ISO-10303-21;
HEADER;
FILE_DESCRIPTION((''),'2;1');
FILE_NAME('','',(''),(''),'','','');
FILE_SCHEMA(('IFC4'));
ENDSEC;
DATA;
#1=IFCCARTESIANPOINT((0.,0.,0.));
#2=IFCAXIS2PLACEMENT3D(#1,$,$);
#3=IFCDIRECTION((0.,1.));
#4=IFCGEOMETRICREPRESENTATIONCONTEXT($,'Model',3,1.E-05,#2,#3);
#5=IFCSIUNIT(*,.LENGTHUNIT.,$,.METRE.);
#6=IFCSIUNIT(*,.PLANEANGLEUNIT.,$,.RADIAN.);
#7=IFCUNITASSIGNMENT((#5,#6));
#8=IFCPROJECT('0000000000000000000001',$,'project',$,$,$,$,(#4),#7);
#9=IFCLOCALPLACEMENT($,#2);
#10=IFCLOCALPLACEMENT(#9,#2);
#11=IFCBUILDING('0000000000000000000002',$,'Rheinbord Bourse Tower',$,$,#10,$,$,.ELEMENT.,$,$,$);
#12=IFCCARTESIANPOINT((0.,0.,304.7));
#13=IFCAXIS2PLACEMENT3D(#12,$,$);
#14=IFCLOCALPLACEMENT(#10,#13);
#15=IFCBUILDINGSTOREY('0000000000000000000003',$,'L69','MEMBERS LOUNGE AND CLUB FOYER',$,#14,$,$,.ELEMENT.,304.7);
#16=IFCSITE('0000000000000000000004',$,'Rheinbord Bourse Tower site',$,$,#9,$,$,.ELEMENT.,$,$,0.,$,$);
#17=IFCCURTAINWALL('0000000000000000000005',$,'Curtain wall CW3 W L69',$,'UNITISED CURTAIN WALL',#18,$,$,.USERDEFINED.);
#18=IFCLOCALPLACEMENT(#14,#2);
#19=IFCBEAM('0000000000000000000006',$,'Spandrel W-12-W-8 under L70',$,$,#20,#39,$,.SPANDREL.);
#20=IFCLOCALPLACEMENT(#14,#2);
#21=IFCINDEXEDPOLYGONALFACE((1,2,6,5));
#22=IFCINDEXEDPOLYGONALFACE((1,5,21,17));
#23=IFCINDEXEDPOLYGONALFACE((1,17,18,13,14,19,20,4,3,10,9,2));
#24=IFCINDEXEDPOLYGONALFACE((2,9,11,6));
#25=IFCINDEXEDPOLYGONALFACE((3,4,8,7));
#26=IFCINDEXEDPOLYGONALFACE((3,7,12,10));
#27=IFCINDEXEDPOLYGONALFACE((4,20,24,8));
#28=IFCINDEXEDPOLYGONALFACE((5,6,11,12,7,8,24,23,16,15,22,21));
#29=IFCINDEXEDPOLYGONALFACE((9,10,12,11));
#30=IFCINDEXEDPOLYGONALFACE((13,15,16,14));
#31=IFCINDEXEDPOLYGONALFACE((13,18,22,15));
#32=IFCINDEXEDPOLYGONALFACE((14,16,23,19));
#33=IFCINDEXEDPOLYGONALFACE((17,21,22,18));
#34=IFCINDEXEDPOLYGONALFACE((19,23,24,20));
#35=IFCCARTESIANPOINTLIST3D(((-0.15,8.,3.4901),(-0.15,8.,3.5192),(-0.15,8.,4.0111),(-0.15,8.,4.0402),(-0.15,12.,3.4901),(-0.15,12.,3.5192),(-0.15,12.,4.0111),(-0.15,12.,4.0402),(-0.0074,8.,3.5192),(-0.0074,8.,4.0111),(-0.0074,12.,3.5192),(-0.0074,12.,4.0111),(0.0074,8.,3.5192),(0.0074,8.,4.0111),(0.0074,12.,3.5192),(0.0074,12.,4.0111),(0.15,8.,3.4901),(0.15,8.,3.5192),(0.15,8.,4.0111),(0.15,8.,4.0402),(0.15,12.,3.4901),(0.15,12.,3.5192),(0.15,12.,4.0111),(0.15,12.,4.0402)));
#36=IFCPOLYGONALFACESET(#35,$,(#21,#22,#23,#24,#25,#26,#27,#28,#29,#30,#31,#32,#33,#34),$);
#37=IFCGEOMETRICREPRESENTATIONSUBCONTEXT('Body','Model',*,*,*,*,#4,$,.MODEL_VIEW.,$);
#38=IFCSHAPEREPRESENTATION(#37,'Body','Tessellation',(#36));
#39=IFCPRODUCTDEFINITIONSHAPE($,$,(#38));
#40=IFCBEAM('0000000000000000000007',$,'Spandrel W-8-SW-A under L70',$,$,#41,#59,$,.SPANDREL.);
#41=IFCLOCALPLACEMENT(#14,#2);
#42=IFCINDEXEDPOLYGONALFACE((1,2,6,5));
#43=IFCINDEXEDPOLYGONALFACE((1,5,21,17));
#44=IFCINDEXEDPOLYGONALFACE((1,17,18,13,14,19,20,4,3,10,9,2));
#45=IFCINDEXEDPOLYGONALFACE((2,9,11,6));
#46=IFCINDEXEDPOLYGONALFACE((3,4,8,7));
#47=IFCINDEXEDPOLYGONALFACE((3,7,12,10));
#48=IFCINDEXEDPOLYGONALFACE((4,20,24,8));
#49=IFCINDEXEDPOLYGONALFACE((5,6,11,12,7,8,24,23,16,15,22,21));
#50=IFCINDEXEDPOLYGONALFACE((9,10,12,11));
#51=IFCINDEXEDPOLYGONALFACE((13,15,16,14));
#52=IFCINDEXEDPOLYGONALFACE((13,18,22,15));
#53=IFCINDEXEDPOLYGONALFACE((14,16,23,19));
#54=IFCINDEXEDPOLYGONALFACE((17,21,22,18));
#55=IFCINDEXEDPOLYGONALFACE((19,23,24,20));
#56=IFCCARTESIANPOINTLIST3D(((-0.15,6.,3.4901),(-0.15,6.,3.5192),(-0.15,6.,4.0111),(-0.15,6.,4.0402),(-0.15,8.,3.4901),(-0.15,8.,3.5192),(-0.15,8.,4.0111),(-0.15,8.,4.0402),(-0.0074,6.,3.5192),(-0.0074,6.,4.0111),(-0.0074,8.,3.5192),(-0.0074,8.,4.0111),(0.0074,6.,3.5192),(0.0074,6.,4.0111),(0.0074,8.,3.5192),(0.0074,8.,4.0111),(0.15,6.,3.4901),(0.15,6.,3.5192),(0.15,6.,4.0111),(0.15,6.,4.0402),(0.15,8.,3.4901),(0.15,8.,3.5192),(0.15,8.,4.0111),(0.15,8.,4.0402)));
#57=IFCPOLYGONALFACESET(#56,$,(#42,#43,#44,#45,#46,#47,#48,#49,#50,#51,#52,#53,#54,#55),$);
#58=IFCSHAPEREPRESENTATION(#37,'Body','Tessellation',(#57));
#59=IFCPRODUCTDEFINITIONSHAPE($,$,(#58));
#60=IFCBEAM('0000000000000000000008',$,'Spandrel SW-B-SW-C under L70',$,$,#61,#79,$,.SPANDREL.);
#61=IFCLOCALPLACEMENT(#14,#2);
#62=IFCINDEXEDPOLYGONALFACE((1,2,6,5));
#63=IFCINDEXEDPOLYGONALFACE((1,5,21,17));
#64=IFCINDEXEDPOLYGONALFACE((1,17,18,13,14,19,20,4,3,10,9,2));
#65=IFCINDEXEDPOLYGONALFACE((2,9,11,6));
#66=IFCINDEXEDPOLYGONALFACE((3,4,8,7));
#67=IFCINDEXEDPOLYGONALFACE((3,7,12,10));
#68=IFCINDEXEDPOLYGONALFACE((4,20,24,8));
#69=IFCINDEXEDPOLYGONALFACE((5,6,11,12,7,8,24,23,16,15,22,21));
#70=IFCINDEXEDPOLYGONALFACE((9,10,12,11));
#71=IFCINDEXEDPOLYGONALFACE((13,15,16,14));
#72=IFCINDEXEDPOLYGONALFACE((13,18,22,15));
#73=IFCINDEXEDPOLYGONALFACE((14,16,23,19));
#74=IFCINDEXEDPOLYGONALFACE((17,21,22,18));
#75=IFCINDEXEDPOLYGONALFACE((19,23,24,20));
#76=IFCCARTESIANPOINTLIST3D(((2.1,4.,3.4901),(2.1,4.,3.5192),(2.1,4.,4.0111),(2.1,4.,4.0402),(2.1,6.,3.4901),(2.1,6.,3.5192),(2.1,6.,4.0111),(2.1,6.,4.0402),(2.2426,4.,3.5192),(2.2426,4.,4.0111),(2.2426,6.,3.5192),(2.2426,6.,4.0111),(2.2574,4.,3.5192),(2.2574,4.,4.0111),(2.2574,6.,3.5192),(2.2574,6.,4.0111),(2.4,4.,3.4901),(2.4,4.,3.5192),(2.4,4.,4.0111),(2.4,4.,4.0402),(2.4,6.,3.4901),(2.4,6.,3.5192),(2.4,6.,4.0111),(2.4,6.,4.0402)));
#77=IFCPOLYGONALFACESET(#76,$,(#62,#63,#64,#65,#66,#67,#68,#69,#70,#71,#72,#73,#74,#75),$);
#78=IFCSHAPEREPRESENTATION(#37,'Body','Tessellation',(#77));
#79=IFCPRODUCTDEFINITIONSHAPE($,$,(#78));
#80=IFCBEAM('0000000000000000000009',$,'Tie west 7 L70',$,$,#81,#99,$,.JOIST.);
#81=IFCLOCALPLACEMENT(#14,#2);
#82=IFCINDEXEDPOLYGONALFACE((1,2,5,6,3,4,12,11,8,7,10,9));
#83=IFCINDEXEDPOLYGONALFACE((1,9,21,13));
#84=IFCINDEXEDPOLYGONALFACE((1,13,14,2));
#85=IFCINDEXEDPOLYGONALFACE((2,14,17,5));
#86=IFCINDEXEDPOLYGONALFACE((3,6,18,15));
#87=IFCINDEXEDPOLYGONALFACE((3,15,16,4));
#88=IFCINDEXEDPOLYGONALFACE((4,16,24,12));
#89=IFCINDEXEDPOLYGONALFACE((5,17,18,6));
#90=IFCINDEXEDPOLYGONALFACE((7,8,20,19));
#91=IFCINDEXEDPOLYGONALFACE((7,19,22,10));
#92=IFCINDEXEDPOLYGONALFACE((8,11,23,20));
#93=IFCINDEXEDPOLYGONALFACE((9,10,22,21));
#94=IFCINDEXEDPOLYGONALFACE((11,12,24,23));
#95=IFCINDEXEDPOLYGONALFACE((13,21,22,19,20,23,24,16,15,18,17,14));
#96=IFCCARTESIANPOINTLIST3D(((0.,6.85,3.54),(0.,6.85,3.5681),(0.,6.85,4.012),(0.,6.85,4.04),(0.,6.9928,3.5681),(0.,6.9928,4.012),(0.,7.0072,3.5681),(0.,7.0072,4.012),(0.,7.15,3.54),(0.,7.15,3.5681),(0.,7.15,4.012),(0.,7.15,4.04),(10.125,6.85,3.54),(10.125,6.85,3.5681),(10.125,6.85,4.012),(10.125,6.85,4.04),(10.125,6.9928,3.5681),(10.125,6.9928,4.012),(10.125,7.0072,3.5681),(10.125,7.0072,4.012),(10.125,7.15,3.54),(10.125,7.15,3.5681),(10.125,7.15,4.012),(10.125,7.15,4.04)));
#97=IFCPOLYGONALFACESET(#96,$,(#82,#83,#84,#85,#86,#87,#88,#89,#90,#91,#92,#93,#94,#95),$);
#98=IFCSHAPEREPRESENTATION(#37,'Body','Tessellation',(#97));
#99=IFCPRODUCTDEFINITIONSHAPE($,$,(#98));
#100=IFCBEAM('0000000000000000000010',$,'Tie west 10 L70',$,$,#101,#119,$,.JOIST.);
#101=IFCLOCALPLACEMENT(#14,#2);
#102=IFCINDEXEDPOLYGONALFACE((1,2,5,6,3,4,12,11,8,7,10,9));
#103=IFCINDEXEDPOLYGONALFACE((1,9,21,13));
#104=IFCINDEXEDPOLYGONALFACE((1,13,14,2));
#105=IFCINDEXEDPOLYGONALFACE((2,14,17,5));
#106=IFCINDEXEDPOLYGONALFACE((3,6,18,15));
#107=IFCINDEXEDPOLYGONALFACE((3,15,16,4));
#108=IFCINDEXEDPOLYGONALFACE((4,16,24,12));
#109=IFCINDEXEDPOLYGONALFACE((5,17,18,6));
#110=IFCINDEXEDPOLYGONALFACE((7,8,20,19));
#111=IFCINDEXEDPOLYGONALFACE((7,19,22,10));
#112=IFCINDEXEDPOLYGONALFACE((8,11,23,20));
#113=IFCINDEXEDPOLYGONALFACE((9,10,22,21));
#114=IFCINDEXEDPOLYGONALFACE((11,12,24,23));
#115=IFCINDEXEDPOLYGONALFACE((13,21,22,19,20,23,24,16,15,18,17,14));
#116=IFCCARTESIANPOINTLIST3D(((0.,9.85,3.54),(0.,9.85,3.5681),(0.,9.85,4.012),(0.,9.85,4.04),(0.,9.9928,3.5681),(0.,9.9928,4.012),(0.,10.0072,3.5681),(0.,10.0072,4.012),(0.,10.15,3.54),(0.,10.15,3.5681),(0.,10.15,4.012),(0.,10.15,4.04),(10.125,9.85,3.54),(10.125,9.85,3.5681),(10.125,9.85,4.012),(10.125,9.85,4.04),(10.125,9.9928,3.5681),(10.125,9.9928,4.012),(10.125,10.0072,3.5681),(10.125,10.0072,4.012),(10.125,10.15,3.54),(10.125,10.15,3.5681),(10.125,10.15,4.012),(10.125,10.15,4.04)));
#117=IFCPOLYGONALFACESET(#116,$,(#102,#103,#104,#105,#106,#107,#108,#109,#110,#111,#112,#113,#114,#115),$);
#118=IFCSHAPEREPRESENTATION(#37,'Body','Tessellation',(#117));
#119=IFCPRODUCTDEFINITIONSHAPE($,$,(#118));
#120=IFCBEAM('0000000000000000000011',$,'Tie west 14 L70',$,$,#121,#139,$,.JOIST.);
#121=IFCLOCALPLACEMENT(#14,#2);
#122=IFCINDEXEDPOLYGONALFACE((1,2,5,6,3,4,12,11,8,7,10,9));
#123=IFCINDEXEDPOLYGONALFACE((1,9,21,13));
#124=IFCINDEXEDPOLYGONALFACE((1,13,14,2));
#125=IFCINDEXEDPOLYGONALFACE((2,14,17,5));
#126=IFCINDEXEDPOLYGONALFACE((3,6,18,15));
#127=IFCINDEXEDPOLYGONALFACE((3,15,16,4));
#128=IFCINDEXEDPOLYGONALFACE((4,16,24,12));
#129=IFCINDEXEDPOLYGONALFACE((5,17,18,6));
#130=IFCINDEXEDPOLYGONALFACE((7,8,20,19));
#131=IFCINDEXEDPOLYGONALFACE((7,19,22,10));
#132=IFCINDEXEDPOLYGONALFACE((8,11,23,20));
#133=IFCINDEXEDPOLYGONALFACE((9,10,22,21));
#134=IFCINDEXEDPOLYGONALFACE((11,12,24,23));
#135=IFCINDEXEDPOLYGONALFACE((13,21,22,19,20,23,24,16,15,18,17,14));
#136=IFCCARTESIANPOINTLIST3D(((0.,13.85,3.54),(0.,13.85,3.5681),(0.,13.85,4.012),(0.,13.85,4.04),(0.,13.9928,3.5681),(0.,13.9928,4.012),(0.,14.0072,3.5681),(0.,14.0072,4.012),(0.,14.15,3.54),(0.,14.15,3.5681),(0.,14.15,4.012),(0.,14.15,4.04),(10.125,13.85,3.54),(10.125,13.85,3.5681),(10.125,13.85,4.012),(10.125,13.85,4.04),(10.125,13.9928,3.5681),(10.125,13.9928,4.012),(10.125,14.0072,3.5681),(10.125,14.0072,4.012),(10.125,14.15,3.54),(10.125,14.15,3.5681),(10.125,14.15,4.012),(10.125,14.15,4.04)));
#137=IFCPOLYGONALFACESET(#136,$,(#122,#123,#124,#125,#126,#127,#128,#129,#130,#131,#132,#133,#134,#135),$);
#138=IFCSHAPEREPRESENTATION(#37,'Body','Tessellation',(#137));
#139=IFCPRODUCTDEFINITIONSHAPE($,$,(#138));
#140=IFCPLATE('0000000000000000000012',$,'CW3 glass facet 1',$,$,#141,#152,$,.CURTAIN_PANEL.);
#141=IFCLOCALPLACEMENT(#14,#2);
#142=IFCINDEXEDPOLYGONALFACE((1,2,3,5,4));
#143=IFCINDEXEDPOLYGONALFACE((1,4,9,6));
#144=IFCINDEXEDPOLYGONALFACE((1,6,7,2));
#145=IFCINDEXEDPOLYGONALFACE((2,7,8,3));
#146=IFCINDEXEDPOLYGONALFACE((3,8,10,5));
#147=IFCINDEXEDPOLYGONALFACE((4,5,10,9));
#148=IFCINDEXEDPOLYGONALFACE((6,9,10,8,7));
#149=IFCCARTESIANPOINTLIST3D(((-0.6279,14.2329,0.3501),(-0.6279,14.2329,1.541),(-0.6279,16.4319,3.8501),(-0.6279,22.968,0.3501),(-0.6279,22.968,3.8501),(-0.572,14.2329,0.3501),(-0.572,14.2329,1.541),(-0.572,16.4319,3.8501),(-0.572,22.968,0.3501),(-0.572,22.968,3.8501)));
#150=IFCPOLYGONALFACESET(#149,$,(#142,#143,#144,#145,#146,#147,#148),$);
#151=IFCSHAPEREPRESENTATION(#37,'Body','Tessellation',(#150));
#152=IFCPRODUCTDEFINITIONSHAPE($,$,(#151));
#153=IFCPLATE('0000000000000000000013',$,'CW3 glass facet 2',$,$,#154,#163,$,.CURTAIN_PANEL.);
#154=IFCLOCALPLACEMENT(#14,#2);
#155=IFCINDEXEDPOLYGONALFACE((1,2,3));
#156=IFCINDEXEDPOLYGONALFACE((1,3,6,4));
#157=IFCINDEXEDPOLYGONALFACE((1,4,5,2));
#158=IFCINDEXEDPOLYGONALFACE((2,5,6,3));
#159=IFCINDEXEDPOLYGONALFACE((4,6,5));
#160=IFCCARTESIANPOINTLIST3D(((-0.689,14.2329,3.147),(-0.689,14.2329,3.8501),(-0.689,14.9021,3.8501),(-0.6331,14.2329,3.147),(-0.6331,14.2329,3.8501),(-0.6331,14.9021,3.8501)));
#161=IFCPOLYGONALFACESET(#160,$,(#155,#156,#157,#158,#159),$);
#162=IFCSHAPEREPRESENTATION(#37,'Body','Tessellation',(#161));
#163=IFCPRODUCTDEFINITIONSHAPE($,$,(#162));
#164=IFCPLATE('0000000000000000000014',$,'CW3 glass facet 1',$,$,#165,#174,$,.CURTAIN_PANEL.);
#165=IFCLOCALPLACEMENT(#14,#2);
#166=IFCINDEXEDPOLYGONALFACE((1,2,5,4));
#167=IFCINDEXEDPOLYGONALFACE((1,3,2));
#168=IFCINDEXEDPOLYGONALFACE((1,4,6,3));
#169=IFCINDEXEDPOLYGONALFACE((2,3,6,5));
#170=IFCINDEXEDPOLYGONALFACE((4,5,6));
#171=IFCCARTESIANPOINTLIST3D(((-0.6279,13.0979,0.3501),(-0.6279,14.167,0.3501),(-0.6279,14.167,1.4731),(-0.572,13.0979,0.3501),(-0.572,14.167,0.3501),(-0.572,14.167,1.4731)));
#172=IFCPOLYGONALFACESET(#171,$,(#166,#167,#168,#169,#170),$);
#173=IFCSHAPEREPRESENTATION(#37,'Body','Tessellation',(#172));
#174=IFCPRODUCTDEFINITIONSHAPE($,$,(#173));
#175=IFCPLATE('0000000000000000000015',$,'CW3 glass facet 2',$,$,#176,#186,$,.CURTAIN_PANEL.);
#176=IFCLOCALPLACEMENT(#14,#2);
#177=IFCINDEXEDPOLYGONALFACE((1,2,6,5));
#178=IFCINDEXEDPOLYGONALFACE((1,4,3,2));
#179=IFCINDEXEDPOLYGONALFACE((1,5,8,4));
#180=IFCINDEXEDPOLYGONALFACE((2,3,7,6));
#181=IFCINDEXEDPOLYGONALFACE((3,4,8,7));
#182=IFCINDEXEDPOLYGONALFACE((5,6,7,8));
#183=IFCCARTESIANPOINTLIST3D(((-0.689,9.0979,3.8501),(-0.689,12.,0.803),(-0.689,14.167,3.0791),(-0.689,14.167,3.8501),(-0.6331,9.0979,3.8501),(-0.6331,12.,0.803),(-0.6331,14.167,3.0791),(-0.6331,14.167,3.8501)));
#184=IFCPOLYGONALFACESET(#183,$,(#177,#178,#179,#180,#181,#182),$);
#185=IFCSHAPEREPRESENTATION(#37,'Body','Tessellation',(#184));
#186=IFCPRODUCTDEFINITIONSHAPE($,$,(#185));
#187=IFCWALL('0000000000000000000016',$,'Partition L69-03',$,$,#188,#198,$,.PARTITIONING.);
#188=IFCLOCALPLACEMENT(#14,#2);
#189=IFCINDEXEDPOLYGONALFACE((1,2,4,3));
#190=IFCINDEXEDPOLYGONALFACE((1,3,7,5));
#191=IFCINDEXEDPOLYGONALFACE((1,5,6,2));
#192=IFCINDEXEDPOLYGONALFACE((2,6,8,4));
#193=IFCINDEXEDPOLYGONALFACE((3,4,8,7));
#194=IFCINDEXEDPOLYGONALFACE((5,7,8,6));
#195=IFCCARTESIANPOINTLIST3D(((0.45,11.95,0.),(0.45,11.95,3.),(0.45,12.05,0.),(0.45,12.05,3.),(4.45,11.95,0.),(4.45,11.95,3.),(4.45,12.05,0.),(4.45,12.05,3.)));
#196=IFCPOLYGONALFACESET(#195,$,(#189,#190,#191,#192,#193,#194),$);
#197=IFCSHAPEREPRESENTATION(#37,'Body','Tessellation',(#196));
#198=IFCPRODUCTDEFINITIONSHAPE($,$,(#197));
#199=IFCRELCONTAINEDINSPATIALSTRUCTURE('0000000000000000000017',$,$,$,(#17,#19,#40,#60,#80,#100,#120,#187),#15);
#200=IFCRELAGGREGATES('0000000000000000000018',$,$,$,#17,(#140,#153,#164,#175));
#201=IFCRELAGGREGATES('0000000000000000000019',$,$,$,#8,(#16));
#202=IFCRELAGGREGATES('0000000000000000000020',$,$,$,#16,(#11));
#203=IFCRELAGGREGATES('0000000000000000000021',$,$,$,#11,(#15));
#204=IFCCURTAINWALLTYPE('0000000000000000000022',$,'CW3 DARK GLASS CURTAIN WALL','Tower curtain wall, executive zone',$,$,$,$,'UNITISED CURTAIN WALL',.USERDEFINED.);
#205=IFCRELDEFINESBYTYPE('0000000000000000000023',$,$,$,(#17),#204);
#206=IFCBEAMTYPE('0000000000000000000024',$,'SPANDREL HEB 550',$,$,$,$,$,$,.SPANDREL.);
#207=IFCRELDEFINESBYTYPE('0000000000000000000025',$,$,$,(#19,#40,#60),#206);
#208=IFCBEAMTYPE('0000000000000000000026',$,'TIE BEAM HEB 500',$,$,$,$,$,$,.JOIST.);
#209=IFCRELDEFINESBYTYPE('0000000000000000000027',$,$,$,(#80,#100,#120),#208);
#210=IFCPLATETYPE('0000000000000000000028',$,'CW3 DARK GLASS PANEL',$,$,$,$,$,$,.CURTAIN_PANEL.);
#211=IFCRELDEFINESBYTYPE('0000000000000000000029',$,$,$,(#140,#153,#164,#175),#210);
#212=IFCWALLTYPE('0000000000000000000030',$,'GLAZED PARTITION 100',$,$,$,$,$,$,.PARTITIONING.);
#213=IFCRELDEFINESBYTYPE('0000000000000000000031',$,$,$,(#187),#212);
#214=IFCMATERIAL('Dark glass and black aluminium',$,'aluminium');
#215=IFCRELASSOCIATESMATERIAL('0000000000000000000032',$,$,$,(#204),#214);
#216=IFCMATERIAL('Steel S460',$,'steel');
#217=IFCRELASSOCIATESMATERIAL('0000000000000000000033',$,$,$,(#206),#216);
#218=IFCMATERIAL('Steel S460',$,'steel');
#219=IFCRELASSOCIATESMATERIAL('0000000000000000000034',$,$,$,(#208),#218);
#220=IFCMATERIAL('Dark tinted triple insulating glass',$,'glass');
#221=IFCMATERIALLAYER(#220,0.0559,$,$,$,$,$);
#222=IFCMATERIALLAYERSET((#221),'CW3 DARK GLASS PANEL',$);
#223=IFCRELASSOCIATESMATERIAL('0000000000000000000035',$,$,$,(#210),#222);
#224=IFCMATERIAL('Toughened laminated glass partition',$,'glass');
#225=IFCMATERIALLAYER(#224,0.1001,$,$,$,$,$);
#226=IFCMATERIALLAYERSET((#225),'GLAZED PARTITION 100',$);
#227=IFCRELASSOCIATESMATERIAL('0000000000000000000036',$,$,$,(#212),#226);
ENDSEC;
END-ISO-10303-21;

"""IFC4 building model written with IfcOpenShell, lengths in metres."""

from ifc_helpers import new_model, si_unit, direction, frame, frame_2d, origin, origin_2d, place, context, subcontext, project, spatial, polyline, rectangle, i_section, outline, extrude, material, layer, layer_set, material_profile, profile_set, type_object, element, aggregate, save


model = new_model("IFC4")

# Units and contexts
model_context = context("Model", 3, precision=1e-05, world=origin(), true_north=direction((0.0, 1.0)))
body_context = subcontext(model_context, "Body", "Model", "MODEL_VIEW")
ifc_project = project(units=[si_unit("LENGTHUNIT", "METRE"), si_unit("PLANEANGLEUNIT", "RADIAN")], contexts=[model_context])

# Site, building, storey
site_placement = place(None, origin())
site = spatial("IfcSite", under=ifc_project, at=site_placement, Name="Rheinbord Bourse Tower site", CompositionType="ELEMENT", RefElevation=0.0)
building_placement = place(site_placement, origin())
building = spatial("IfcBuilding", under=site, at=building_placement, Name="Rheinbord Bourse Tower", CompositionType="ELEMENT")
storey_placement = place(building_placement, frame((0.0, 0.0, 304.7)))
storey = spatial("IfcBuildingStorey", under=building, at=storey_placement, Name="L69", Description="MEMBERS LOUNGE AND CLUB FOYER", CompositionType="ELEMENT", Elevation=304.7)

# Curtain wall
ifc_material_1 = material(Name="Dark glass and black aluminium", Category="aluminium")
curtain_wall_type = type_object("IfcCurtainWallType", Name="CW3 DARK GLASS CURTAIN WALL", Description="Tower curtain wall, executive zone", ElementType="UNITISED CURTAIN WALL", PredefinedType="USERDEFINED", material=ifc_material_1)
curtain_wall_placement = place(storey_placement, origin())
curtain_wall = element("IfcCurtainWall", 1, at=curtain_wall_placement, inside=storey, type_object=curtain_wall_type, Name="Curtain wall CW3 W L69", ObjectType="UNITISED CURTAIN WALL", PredefinedType="USERDEFINED")

# Beams
ifc_material_2 = material(Name="Steel S460", Category="steel")
ifc_material_profile_1 = material_profile(ifc_material_2, i_section(OverallWidth=0.3, OverallDepth=0.55, WebThickness=0.0149, FlangeThickness=0.0291, at=origin_2d()), Name="HEB 550")
ifc_profile_set_1 = profile_set([ifc_material_profile_1], Name="Steel S460")
beam_type_1 = type_object("IfcBeamType", Name="SPANDREL HEB 550", PredefinedType="SPANDREL", material=ifc_profile_set_1)
for number, where, z_axis, x_axis, name in (
    (2, (0.0, 12.0, 3.7651), (0.0, -1.0, 0.0), (1.0, 0.0, 0.0), "Spandrel W-12-W-8 under L70"),
):
    element("IfcBeam", number, at=place(storey_placement, frame(where, z_axis=z_axis, x_axis=x_axis)), inside=storey, type_object=beam_type_1, Name=name, PredefinedType="SPANDREL", context=body_context, shape_type="SweptSolid", body=[
        extrude(i_section(OverallWidth=0.3, OverallDepth=0.55, WebThickness=0.0149, FlangeThickness=0.0291, at=origin_2d()), origin(), (0.0, 0.0, 1.0), 4.0),
    ])
for number, where, z_axis, x_axis, name in (
    (3, (0.0, 8.0, 3.7651), (0.0, -1.0, 0.0), (1.0, 0.0, 0.0), "Spandrel W-8-SW-A under L70"),
    (4, (2.25, 6.0, 3.7651), (0.0, -1.0, 0.0), (1.0, 0.0, 0.0), "Spandrel SW-B-SW-C under L70"),
):
    element("IfcBeam", number, at=place(storey_placement, frame(where, z_axis=z_axis, x_axis=x_axis)), inside=storey, type_object=beam_type_1, Name=name, PredefinedType="SPANDREL", context=body_context, shape_type="SweptSolid", body=[
        extrude(i_section(OverallWidth=0.3, OverallDepth=0.55, WebThickness=0.0149, FlangeThickness=0.0291, at=origin_2d()), origin(), (0.0, 0.0, 1.0), 2.0),
    ])
ifc_material_3 = material(Name="Steel S460", Category="steel")
ifc_material_profile_2 = material_profile(ifc_material_3, i_section(OverallWidth=0.3, OverallDepth=0.5, WebThickness=0.0144, FlangeThickness=0.0281, at=origin_2d()), Name="HEB 500")
ifc_profile_set_2 = profile_set([ifc_material_profile_2], Name="Steel S460")
beam_type_2 = type_object("IfcBeamType", Name="TIE BEAM HEB 500", PredefinedType="JOIST", material=ifc_profile_set_2)
for number, where, z_axis, x_axis, name in (
    (5, (0.0, 7.0, 3.79), (1.0, 0.0, 0.0), (0.0, 1.0, 0.0), "Tie west 7 L70"),
    (6, (0.0, 10.0, 3.79), (1.0, 0.0, 0.0), (0.0, 1.0, 0.0), "Tie west 10 L70"),
    (7, (0.0, 14.0, 3.79), (1.0, 0.0, 0.0), (0.0, 1.0, 0.0), "Tie west 14 L70"),
):
    element("IfcBeam", number, at=place(storey_placement, frame(where, z_axis=z_axis, x_axis=x_axis)), inside=storey, type_object=beam_type_2, Name=name, PredefinedType="JOIST", context=body_context, shape_type="SweptSolid", body=[
        extrude(i_section(OverallWidth=0.3, OverallDepth=0.5, WebThickness=0.0144, FlangeThickness=0.0281, at=origin_2d()), origin(), (0.0, 0.0, 1.0), 10.125),
    ])

# Plates
ifc_material_4 = material(Name="Dark tinted triple insulating glass", Category="glass")
ifc_layer_1 = layer(ifc_material_4, 0.0559)
ifc_layer_set_1 = layer_set([ifc_layer_1], Name="CW3 DARK GLASS PANEL")
plate_type = type_object("IfcPlateType", Name="CW3 DARK GLASS PANEL", PredefinedType="CURTAIN_PANEL", material=ifc_layer_set_1)
plate_1_placement = place(storey_placement, frame((-0.6279, 14.2329, 0.3501), z_axis=(1.0, 0.0, 0.0), x_axis=(0.0, 1.0, 0.0)))
plate_1 = element("IfcPlate", 8, at=plate_1_placement, type_object=plate_type, Name="CW3 glass facet 1", PredefinedType="CURTAIN_PANEL", context=body_context, shape_type="SweptSolid", body=[
    extrude(outline(polyline([(0.0, 0.0), (8.7351, 0.0), (8.7351, 3.5), (2.199, 3.5), (0.0, 1.1909), (0.0, 0.0)])), origin(), (0.0, 0.0, 1.0), 0.0559),
])
plate_2_placement = place(storey_placement, frame((-0.689, 14.2329, 3.8501), z_axis=(1.0, 0.0, 0.0), x_axis=(0.0, 0.0, -1.0)))
plate_2 = element("IfcPlate", 9, at=plate_2_placement, type_object=plate_type, Name="CW3 glass facet 2", PredefinedType="CURTAIN_PANEL", context=body_context, shape_type="SweptSolid", body=[
    extrude(outline(polyline([(0.0, 0.0), (0.7031, 0.0), (0.0, 0.6692), (0.0, 0.0)])), origin(), (0.0, 0.0, 1.0), 0.0559),
])
plate_3_placement = place(storey_placement, frame((-0.6279, 14.167, 0.3501), z_axis=(1.0, 0.0, 0.0), x_axis=(0.0, 0.0, 1.0)))
plate_3 = element("IfcPlate", 10, at=plate_3_placement, type_object=plate_type, Name="CW3 glass facet 1", PredefinedType="CURTAIN_PANEL", context=body_context, shape_type="SweptSolid", body=[
    extrude(outline(polyline([(0.0, 0.0), (1.123, 0.0), (0.0, 1.0691), (0.0, 0.0)])), origin(), (0.0, 0.0, 1.0), 0.0559),
])
plate_4_placement = place(storey_placement, frame((-0.689, 14.167, 3.8501), z_axis=(1.0, 0.0, 0.0), x_axis=(0.0, -1.0, 0.0)))
plate_4 = element("IfcPlate", 11, at=plate_4_placement, type_object=plate_type, Name="CW3 glass facet 2", PredefinedType="CURTAIN_PANEL", context=body_context, shape_type="SweptSolid", body=[
    extrude(outline(polyline([(0.0, 0.0), (5.0691, 0.0), (2.167, 3.0471), (0.0, 0.771), (0.0, 0.0)])), origin(), (0.0, 0.0, 1.0), 0.0559),
])
aggregate(curtain_wall, [plate_1, plate_2, plate_3, plate_4])

# Wall
ifc_material_5 = material(Name="Toughened laminated glass partition", Category="glass")
ifc_layer_2 = layer(ifc_material_5, 0.1001)
ifc_layer_set_2 = layer_set([ifc_layer_2], Name="GLAZED PARTITION 100")
wall_type = type_object("IfcWallType", Name="GLAZED PARTITION 100", PredefinedType="PARTITIONING", material=ifc_layer_set_2)
for number, where, z_axis, x_axis, name in (
    (12, (0.45, 12.0, 0.0), (0.0, 0.0, 1.0), (1.0, 0.0, 0.0), "Partition L69-03"),
):
    element("IfcWall", number, at=place(storey_placement, frame(where, z_axis=z_axis, x_axis=x_axis)), inside=storey, type_object=wall_type, Name=name, PredefinedType="PARTITIONING", context=body_context, shape_type="SweptSolid", body=[
        extrude(rectangle(XDim=4.0, YDim=0.1001, at=frame_2d((2.0, 0.0))), origin(), (0.0, 0.0, 1.0), 3.0),
    ])

save(model, "model.ifc")
